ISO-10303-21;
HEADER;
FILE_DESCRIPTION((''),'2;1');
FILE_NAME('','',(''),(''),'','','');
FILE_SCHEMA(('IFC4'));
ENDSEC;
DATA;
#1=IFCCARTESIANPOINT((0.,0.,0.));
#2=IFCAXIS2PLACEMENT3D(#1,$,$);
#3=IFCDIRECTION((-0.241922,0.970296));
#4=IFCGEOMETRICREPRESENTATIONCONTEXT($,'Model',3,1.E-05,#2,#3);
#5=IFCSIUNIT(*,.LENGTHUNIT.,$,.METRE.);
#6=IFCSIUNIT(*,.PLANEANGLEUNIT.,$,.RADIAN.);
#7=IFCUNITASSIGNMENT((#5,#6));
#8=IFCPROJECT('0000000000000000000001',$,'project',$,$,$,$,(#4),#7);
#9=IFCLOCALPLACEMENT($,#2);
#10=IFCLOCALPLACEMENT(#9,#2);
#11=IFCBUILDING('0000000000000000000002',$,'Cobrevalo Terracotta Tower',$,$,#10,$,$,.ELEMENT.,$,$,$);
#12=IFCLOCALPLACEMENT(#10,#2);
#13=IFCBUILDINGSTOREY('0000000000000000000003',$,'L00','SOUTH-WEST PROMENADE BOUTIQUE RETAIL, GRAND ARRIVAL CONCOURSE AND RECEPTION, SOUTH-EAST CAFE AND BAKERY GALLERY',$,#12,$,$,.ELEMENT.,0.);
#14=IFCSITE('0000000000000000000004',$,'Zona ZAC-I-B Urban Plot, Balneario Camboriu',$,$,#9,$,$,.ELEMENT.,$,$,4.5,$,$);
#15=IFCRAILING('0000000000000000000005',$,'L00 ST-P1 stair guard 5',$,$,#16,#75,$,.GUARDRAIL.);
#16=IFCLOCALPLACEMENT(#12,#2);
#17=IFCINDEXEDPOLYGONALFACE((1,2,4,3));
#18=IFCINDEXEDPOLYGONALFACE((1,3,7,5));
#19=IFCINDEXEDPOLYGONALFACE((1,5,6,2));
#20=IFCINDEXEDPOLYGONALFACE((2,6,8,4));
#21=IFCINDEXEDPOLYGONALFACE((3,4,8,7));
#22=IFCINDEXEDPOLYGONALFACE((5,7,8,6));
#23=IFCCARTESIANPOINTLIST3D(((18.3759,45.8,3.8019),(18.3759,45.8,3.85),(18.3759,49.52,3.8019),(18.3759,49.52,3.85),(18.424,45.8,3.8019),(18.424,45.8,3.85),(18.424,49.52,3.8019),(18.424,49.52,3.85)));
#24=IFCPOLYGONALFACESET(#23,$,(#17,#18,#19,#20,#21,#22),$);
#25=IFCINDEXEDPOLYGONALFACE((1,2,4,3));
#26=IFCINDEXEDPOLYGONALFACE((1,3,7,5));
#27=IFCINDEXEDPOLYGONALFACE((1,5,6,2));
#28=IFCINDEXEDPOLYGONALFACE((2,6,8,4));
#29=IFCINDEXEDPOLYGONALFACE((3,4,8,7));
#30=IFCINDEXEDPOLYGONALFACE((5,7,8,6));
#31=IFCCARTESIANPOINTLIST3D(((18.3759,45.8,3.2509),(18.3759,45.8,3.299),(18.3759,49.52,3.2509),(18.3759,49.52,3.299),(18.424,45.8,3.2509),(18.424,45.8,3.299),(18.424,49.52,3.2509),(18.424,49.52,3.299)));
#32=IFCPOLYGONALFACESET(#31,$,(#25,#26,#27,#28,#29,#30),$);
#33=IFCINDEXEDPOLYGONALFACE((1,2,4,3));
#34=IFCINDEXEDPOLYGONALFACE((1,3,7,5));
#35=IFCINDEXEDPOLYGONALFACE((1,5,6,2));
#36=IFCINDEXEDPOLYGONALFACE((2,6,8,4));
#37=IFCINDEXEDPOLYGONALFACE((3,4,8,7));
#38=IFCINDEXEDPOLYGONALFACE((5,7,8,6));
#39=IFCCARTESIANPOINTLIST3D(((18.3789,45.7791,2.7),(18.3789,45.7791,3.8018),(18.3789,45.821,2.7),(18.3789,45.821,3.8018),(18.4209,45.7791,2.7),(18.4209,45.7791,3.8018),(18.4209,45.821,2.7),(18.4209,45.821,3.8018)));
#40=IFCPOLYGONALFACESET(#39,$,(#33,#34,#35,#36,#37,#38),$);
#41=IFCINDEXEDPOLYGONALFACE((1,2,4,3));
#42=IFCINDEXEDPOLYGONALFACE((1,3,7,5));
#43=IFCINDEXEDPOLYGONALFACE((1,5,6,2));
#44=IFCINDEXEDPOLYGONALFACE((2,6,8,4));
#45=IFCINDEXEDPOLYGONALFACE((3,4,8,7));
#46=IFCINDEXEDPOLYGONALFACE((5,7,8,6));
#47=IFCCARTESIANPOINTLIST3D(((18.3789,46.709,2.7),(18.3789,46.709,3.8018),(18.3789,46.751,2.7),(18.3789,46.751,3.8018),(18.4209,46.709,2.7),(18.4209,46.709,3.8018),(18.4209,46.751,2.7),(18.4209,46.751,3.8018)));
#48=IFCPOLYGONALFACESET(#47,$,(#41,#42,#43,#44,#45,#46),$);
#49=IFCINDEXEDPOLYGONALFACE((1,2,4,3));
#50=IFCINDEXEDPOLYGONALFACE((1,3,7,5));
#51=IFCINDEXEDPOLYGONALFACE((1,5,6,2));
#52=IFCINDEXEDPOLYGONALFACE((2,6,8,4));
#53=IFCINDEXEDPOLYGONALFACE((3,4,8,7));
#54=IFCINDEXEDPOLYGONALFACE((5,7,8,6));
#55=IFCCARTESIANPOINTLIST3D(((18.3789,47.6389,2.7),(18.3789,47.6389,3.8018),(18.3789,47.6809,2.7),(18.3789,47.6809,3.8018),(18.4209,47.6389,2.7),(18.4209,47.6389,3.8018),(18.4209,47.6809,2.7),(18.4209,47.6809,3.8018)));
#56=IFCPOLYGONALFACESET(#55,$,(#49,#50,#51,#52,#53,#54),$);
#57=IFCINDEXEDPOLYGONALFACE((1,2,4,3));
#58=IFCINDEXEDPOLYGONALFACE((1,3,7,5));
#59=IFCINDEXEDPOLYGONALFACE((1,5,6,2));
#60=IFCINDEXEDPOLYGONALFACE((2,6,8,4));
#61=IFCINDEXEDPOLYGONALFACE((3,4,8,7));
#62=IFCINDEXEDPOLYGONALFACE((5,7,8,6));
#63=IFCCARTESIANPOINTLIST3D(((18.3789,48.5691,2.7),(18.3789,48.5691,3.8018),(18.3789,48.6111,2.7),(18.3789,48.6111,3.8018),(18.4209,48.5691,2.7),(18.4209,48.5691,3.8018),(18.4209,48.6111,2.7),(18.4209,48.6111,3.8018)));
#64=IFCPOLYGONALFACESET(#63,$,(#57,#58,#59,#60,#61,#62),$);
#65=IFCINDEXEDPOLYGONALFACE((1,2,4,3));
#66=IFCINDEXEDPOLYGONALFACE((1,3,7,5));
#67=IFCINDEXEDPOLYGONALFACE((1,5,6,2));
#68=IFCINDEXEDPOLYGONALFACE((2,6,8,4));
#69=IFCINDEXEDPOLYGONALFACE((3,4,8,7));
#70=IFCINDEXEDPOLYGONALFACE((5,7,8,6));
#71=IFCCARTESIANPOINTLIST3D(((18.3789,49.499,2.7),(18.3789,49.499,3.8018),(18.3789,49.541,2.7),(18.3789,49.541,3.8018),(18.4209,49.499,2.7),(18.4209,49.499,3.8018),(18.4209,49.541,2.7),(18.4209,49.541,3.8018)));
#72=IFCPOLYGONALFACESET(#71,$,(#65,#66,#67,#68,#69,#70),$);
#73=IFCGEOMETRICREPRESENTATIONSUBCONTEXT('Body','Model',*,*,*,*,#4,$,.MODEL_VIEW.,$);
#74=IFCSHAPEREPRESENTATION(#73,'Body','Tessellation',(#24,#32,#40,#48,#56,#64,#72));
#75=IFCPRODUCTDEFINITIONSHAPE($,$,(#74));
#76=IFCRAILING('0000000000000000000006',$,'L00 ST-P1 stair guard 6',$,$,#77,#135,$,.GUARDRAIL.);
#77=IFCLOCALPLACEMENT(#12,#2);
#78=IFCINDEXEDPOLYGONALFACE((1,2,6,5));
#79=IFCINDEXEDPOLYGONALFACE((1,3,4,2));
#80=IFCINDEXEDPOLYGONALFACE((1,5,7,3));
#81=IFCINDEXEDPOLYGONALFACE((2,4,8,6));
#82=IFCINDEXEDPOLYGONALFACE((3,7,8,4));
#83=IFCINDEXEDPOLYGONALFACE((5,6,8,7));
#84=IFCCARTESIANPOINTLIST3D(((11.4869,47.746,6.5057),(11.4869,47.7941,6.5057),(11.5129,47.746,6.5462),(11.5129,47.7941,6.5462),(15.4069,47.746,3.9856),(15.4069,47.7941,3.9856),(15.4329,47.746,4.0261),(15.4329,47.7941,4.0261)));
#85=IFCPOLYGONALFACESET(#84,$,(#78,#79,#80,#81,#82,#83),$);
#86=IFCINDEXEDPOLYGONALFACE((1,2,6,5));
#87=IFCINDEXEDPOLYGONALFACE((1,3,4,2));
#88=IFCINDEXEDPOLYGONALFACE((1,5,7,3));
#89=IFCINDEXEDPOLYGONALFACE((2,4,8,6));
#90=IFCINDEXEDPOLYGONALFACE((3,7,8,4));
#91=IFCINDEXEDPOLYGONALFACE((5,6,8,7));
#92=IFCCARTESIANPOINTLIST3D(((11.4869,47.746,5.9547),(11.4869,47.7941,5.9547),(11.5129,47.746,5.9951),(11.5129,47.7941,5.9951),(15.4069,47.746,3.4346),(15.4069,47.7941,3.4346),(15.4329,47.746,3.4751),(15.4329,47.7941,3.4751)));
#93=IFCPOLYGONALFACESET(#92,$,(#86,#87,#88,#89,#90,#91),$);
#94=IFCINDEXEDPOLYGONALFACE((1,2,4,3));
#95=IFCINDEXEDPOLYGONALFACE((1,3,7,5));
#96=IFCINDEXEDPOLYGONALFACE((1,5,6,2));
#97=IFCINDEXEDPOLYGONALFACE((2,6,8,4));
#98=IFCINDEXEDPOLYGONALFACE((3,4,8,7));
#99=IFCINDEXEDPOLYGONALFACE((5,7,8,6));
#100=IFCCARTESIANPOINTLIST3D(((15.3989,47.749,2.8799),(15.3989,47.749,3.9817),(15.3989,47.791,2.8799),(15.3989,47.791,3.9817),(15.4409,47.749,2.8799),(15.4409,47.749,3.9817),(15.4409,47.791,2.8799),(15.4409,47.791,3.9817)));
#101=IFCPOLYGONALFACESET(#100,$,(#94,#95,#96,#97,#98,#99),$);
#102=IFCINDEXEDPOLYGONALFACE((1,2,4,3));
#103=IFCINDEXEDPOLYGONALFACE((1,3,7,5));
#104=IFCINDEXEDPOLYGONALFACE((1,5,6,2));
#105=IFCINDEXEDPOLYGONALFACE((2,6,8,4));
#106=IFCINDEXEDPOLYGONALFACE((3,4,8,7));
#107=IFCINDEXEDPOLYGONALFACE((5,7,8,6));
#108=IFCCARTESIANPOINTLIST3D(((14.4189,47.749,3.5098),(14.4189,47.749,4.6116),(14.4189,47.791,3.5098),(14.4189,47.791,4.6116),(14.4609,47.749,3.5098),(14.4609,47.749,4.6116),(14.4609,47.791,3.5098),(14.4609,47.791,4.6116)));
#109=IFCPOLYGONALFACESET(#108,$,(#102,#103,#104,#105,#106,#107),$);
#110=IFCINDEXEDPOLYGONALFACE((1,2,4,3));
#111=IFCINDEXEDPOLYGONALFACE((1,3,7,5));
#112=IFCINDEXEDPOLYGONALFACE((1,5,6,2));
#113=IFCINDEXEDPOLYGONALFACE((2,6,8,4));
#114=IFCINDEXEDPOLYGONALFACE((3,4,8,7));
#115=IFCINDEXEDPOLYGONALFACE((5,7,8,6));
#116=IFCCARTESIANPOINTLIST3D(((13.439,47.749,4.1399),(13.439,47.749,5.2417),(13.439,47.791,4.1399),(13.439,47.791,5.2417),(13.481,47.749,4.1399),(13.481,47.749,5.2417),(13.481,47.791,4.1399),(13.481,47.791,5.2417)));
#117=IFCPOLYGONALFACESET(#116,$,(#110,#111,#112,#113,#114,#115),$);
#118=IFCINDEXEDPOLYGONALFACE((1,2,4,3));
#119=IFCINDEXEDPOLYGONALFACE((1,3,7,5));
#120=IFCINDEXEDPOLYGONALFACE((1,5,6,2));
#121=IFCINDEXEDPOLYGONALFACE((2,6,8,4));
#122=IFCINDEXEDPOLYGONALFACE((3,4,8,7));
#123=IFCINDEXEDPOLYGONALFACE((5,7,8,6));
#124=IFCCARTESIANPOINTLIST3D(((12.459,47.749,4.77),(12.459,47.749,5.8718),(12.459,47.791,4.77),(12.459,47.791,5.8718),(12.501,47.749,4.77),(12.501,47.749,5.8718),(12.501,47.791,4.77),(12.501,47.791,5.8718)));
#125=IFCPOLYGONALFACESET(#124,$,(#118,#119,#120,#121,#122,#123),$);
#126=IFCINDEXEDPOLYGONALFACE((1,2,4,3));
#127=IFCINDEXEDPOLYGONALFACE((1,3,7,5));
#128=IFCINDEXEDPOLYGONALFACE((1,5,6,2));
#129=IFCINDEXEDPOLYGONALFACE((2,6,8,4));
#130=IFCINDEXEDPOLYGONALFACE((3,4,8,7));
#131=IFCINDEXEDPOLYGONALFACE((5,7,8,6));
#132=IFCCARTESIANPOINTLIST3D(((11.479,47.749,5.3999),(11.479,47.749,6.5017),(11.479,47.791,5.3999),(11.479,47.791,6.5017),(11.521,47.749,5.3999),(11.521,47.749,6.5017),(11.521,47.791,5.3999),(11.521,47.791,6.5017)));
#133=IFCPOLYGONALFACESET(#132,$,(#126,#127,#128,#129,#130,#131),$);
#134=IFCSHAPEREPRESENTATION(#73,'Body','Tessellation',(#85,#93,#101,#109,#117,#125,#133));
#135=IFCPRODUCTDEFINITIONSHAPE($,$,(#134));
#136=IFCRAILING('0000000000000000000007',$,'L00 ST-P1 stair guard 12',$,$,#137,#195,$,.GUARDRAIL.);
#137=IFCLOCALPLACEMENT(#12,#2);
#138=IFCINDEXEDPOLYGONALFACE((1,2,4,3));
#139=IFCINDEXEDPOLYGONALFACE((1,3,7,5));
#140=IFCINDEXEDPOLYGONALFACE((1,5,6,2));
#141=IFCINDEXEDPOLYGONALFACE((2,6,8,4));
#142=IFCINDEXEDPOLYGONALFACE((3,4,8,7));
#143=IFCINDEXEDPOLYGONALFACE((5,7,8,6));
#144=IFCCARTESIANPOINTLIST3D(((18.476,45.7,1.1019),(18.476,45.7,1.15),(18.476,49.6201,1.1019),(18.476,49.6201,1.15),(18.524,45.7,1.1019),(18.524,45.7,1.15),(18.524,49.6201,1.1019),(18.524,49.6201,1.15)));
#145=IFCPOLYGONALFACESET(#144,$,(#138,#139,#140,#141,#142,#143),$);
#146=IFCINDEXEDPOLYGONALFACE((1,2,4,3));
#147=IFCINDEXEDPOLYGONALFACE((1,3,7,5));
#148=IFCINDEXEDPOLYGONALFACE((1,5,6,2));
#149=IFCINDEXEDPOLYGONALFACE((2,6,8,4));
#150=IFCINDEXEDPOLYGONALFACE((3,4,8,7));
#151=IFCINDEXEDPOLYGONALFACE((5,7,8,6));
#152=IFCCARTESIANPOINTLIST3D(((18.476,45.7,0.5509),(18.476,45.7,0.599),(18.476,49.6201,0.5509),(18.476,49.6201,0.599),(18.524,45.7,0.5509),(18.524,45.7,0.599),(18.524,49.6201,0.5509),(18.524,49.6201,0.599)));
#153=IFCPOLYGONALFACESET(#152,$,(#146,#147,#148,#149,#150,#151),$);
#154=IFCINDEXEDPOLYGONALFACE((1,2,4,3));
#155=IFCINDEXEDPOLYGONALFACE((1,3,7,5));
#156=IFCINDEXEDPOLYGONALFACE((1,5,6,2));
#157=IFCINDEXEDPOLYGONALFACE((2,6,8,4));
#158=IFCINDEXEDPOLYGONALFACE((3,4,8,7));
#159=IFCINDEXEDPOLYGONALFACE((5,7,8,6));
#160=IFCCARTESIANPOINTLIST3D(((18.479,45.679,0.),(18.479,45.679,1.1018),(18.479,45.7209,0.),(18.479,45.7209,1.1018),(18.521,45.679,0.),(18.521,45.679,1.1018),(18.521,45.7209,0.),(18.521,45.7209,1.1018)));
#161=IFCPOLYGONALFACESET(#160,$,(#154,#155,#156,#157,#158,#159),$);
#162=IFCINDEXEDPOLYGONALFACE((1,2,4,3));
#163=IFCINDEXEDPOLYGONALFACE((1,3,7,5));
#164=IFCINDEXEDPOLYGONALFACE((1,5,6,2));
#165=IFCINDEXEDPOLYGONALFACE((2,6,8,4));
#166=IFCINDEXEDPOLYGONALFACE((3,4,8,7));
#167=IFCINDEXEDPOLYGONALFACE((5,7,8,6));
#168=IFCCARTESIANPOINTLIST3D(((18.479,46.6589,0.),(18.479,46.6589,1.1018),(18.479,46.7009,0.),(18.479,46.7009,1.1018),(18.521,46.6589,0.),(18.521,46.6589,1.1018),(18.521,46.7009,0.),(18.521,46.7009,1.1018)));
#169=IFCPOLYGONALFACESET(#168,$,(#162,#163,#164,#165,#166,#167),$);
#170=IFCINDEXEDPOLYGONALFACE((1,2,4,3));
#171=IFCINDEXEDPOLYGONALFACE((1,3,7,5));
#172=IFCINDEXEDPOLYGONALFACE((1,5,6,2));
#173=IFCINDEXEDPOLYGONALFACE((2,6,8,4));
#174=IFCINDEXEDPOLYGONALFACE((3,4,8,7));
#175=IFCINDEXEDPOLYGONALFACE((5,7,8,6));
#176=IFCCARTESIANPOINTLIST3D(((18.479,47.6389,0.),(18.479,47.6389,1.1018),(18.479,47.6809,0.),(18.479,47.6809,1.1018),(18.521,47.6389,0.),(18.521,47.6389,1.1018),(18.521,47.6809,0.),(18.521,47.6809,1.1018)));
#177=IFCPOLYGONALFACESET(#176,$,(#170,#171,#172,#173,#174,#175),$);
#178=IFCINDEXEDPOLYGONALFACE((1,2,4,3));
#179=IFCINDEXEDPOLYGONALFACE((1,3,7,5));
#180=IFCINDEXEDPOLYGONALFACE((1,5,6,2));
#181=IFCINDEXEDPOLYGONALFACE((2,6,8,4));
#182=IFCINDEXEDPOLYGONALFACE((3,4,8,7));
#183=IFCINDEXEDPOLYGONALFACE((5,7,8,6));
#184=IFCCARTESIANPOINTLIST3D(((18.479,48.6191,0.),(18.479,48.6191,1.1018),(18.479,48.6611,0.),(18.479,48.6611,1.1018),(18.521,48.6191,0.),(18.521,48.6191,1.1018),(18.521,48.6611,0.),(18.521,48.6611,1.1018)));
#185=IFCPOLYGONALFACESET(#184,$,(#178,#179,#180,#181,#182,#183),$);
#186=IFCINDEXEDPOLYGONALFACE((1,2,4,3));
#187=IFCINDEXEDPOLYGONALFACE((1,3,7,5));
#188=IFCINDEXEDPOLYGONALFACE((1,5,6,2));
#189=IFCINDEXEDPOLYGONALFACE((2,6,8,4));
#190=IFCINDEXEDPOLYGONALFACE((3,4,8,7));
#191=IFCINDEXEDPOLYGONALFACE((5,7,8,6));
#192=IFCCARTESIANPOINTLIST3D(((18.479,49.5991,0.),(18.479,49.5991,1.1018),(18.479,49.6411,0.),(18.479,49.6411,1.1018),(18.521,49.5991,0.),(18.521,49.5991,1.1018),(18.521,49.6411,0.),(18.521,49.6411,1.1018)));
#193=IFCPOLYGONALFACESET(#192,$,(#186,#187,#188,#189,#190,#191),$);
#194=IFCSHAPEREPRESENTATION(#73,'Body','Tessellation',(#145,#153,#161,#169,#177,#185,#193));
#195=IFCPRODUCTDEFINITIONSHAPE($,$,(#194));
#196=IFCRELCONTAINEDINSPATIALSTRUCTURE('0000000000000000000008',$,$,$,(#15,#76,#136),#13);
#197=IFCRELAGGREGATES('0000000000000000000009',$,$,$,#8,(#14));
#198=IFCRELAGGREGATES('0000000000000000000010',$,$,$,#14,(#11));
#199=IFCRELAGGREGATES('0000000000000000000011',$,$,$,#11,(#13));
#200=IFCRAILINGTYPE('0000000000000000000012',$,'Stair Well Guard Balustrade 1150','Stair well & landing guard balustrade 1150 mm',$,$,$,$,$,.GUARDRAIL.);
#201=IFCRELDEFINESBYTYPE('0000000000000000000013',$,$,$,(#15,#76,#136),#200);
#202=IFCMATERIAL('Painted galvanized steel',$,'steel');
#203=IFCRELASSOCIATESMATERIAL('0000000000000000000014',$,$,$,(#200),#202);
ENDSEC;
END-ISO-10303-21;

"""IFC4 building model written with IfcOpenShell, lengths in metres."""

from ifc_helpers import new_model, si_unit, direction, frame, origin, origin_2d, place, context, subcontext, project, spatial, rectangle, extrude, material, type_object, element, save


model = new_model("IFC4")

# Units and contexts
model_context = context("Model", 3, precision=1e-05, world=origin(), true_north=direction((-0.241922, 0.970296)))
body_context = subcontext(model_context, "Body", "Model", "MODEL_VIEW")
ifc_project = project(units=[si_unit("LENGTHUNIT", "METRE"), si_unit("PLANEANGLEUNIT", "RADIAN")], contexts=[model_context])

# Site, building, storey
site_placement = place(None, origin())
site = spatial("IfcSite", under=ifc_project, at=site_placement, Name="Zona ZAC-I-B Urban Plot, Balneario Camboriu", CompositionType="ELEMENT", RefElevation=4.5)
building_placement = place(site_placement, origin())
building = spatial("IfcBuilding", under=site, at=building_placement, Name="Cobrevalo Terracotta Tower", CompositionType="ELEMENT")
storey_placement = place(building_placement, origin())
storey = spatial("IfcBuildingStorey", under=building, at=storey_placement, Name="L00", Description="SOUTH-WEST PROMENADE BOUTIQUE RETAIL, GRAND ARRIVAL CONCOURSE AND RECEPTION, SOUTH-EAST CAFE AND BAKERY GALLERY", CompositionType="ELEMENT", Elevation=0.0)

# Railings
ifc_material_1 = material(Name="Painted galvanized steel", Category="steel")
railing_type_1 = type_object("IfcRailingType", Name="Stair Well Guard Balustrade 1150", Description="Stair well & landing guard balustrade 1150 mm", PredefinedType="GUARDRAIL", material=ifc_material_1)
railing_1_placement = place(storey_placement, frame((18.3999, 45.8, 2.7)))
element("IfcRailing", 1, at=railing_1_placement, inside=storey, type_object=railing_type_1, Name="L00 ST-P1 stair guard 5", PredefinedType="GUARDRAIL", context=body_context, shape_type="SweptSolid", body=[
    extrude(rectangle(XDim=0.0481, YDim=0.0481, at=origin_2d()), frame((0.0, 0.0, 1.126), z_axis=(0.0, 1.0, 0.0), x_axis=(-1.0, 0.0, 0.0)), (0.0, 0.0, 1.0), 3.72),
    extrude(rectangle(XDim=0.0481, YDim=0.0481, at=origin_2d()), frame((0.0, 0.0, 0.575), z_axis=(0.0, 1.0, 0.0), x_axis=(-1.0, 0.0, 0.0)), (0.0, 0.0, 1.0), 3.72),
    extrude(rectangle(XDim=0.042, YDim=0.042, at=origin_2d()), origin(), (0.0, 0.0, 1.0), 1.1018),
    extrude(rectangle(XDim=0.042, YDim=0.042, at=origin_2d()), frame((0.0, 0.9299, 0.0)), (0.0, 0.0, 1.0), 1.1018),
    extrude(rectangle(XDim=0.042, YDim=0.042, at=origin_2d()), frame((0.0, 1.8599, 0.0)), (0.0, 0.0, 1.0), 1.1018),
    extrude(rectangle(XDim=0.042, YDim=0.042, at=origin_2d()), frame((0.0, 2.79, 0.0)), (0.0, 0.0, 1.0), 1.1018),
    extrude(rectangle(XDim=0.042, YDim=0.042, at=origin_2d()), frame((0.0, 3.72, 0.0)), (0.0, 0.0, 1.0), 1.1018),
])
railing_2_placement = place(storey_placement, frame((15.4199, 47.77, 2.8799)))
element("IfcRailing", 2, at=railing_2_placement, inside=storey, type_object=railing_type_1, Name="L00 ST-P1 stair guard 6", PredefinedType="GUARDRAIL", context=body_context, shape_type="SweptSolid", body=[
    extrude(rectangle(XDim=0.0481, YDim=0.0481, at=origin_2d()), frame((0.0, 0.0, 1.126), z_axis=(-0.841172, 0.0, 0.540768), x_axis=(0.0, -1.0, 0.0)), (0.0, 0.0, 1.0), 4.6602),
    extrude(rectangle(XDim=0.0481, YDim=0.0481, at=origin_2d()), frame((0.0, 0.0, 0.575), z_axis=(-0.841172, 0.0, 0.540768), x_axis=(0.0, -1.0, 0.0)), (0.0, 0.0, 1.0), 4.6602),
    extrude(rectangle(XDim=0.042, YDim=0.042, at=origin_2d()), origin(), (0.0, 0.0, 1.0), 1.1018),
    extrude(rectangle(XDim=0.042, YDim=0.042, at=origin_2d()), frame((-0.98, 0.0, 0.6299)), (0.0, 0.0, 1.0), 1.1018),
    extrude(rectangle(XDim=0.042, YDim=0.042, at=origin_2d()), frame((-1.96, 0.0, 1.26)), (0.0, 0.0, 1.0), 1.1018),
    extrude(rectangle(XDim=0.042, YDim=0.042, at=origin_2d()), frame((-2.9399, 0.0, 1.8901)), (0.0, 0.0, 1.0), 1.1018),
    extrude(rectangle(XDim=0.042, YDim=0.042, at=origin_2d()), frame((-3.9199, 0.0, 2.52)), (0.0, 0.0, 1.0), 1.1018),
])
railing_3_placement = place(storey_placement, frame((18.5, 45.7, 0.0)))
element("IfcRailing", 3, at=railing_3_placement, inside=storey, type_object=railing_type_1, Name="L00 ST-P1 stair guard 12", PredefinedType="GUARDRAIL", context=body_context, shape_type="SweptSolid", body=[
    extrude(rectangle(XDim=0.0481, YDim=0.0481, at=origin_2d()), frame((0.0, 0.0, 1.126), z_axis=(0.0, 1.0, 0.0), x_axis=(-1.0, 0.0, 0.0)), (0.0, 0.0, 1.0), 3.9202),
    extrude(rectangle(XDim=0.0481, YDim=0.0481, at=origin_2d()), frame((0.0, 0.0, 0.575), z_axis=(0.0, 1.0, 0.0), x_axis=(-1.0, 0.0, 0.0)), (0.0, 0.0, 1.0), 3.9202),
    extrude(rectangle(XDim=0.042, YDim=0.042, at=origin_2d()), origin(), (0.0, 0.0, 1.0), 1.1018),
    extrude(rectangle(XDim=0.042, YDim=0.042, at=origin_2d()), frame((0.0, 0.98, 0.0)), (0.0, 0.0, 1.0), 1.1018),
    extrude(rectangle(XDim=0.042, YDim=0.042, at=origin_2d()), frame((0.0, 1.96, 0.0)), (0.0, 0.0, 1.0), 1.1018),
    extrude(rectangle(XDim=0.042, YDim=0.042, at=origin_2d()), frame((0.0, 2.9402, 0.0)), (0.0, 0.0, 1.0), 1.1018),
    extrude(rectangle(XDim=0.042, YDim=0.042, at=origin_2d()), frame((0.0, 3.9202, 0.0)), (0.0, 0.0, 1.0), 1.1018),
])

save(model, "model.ifc")
